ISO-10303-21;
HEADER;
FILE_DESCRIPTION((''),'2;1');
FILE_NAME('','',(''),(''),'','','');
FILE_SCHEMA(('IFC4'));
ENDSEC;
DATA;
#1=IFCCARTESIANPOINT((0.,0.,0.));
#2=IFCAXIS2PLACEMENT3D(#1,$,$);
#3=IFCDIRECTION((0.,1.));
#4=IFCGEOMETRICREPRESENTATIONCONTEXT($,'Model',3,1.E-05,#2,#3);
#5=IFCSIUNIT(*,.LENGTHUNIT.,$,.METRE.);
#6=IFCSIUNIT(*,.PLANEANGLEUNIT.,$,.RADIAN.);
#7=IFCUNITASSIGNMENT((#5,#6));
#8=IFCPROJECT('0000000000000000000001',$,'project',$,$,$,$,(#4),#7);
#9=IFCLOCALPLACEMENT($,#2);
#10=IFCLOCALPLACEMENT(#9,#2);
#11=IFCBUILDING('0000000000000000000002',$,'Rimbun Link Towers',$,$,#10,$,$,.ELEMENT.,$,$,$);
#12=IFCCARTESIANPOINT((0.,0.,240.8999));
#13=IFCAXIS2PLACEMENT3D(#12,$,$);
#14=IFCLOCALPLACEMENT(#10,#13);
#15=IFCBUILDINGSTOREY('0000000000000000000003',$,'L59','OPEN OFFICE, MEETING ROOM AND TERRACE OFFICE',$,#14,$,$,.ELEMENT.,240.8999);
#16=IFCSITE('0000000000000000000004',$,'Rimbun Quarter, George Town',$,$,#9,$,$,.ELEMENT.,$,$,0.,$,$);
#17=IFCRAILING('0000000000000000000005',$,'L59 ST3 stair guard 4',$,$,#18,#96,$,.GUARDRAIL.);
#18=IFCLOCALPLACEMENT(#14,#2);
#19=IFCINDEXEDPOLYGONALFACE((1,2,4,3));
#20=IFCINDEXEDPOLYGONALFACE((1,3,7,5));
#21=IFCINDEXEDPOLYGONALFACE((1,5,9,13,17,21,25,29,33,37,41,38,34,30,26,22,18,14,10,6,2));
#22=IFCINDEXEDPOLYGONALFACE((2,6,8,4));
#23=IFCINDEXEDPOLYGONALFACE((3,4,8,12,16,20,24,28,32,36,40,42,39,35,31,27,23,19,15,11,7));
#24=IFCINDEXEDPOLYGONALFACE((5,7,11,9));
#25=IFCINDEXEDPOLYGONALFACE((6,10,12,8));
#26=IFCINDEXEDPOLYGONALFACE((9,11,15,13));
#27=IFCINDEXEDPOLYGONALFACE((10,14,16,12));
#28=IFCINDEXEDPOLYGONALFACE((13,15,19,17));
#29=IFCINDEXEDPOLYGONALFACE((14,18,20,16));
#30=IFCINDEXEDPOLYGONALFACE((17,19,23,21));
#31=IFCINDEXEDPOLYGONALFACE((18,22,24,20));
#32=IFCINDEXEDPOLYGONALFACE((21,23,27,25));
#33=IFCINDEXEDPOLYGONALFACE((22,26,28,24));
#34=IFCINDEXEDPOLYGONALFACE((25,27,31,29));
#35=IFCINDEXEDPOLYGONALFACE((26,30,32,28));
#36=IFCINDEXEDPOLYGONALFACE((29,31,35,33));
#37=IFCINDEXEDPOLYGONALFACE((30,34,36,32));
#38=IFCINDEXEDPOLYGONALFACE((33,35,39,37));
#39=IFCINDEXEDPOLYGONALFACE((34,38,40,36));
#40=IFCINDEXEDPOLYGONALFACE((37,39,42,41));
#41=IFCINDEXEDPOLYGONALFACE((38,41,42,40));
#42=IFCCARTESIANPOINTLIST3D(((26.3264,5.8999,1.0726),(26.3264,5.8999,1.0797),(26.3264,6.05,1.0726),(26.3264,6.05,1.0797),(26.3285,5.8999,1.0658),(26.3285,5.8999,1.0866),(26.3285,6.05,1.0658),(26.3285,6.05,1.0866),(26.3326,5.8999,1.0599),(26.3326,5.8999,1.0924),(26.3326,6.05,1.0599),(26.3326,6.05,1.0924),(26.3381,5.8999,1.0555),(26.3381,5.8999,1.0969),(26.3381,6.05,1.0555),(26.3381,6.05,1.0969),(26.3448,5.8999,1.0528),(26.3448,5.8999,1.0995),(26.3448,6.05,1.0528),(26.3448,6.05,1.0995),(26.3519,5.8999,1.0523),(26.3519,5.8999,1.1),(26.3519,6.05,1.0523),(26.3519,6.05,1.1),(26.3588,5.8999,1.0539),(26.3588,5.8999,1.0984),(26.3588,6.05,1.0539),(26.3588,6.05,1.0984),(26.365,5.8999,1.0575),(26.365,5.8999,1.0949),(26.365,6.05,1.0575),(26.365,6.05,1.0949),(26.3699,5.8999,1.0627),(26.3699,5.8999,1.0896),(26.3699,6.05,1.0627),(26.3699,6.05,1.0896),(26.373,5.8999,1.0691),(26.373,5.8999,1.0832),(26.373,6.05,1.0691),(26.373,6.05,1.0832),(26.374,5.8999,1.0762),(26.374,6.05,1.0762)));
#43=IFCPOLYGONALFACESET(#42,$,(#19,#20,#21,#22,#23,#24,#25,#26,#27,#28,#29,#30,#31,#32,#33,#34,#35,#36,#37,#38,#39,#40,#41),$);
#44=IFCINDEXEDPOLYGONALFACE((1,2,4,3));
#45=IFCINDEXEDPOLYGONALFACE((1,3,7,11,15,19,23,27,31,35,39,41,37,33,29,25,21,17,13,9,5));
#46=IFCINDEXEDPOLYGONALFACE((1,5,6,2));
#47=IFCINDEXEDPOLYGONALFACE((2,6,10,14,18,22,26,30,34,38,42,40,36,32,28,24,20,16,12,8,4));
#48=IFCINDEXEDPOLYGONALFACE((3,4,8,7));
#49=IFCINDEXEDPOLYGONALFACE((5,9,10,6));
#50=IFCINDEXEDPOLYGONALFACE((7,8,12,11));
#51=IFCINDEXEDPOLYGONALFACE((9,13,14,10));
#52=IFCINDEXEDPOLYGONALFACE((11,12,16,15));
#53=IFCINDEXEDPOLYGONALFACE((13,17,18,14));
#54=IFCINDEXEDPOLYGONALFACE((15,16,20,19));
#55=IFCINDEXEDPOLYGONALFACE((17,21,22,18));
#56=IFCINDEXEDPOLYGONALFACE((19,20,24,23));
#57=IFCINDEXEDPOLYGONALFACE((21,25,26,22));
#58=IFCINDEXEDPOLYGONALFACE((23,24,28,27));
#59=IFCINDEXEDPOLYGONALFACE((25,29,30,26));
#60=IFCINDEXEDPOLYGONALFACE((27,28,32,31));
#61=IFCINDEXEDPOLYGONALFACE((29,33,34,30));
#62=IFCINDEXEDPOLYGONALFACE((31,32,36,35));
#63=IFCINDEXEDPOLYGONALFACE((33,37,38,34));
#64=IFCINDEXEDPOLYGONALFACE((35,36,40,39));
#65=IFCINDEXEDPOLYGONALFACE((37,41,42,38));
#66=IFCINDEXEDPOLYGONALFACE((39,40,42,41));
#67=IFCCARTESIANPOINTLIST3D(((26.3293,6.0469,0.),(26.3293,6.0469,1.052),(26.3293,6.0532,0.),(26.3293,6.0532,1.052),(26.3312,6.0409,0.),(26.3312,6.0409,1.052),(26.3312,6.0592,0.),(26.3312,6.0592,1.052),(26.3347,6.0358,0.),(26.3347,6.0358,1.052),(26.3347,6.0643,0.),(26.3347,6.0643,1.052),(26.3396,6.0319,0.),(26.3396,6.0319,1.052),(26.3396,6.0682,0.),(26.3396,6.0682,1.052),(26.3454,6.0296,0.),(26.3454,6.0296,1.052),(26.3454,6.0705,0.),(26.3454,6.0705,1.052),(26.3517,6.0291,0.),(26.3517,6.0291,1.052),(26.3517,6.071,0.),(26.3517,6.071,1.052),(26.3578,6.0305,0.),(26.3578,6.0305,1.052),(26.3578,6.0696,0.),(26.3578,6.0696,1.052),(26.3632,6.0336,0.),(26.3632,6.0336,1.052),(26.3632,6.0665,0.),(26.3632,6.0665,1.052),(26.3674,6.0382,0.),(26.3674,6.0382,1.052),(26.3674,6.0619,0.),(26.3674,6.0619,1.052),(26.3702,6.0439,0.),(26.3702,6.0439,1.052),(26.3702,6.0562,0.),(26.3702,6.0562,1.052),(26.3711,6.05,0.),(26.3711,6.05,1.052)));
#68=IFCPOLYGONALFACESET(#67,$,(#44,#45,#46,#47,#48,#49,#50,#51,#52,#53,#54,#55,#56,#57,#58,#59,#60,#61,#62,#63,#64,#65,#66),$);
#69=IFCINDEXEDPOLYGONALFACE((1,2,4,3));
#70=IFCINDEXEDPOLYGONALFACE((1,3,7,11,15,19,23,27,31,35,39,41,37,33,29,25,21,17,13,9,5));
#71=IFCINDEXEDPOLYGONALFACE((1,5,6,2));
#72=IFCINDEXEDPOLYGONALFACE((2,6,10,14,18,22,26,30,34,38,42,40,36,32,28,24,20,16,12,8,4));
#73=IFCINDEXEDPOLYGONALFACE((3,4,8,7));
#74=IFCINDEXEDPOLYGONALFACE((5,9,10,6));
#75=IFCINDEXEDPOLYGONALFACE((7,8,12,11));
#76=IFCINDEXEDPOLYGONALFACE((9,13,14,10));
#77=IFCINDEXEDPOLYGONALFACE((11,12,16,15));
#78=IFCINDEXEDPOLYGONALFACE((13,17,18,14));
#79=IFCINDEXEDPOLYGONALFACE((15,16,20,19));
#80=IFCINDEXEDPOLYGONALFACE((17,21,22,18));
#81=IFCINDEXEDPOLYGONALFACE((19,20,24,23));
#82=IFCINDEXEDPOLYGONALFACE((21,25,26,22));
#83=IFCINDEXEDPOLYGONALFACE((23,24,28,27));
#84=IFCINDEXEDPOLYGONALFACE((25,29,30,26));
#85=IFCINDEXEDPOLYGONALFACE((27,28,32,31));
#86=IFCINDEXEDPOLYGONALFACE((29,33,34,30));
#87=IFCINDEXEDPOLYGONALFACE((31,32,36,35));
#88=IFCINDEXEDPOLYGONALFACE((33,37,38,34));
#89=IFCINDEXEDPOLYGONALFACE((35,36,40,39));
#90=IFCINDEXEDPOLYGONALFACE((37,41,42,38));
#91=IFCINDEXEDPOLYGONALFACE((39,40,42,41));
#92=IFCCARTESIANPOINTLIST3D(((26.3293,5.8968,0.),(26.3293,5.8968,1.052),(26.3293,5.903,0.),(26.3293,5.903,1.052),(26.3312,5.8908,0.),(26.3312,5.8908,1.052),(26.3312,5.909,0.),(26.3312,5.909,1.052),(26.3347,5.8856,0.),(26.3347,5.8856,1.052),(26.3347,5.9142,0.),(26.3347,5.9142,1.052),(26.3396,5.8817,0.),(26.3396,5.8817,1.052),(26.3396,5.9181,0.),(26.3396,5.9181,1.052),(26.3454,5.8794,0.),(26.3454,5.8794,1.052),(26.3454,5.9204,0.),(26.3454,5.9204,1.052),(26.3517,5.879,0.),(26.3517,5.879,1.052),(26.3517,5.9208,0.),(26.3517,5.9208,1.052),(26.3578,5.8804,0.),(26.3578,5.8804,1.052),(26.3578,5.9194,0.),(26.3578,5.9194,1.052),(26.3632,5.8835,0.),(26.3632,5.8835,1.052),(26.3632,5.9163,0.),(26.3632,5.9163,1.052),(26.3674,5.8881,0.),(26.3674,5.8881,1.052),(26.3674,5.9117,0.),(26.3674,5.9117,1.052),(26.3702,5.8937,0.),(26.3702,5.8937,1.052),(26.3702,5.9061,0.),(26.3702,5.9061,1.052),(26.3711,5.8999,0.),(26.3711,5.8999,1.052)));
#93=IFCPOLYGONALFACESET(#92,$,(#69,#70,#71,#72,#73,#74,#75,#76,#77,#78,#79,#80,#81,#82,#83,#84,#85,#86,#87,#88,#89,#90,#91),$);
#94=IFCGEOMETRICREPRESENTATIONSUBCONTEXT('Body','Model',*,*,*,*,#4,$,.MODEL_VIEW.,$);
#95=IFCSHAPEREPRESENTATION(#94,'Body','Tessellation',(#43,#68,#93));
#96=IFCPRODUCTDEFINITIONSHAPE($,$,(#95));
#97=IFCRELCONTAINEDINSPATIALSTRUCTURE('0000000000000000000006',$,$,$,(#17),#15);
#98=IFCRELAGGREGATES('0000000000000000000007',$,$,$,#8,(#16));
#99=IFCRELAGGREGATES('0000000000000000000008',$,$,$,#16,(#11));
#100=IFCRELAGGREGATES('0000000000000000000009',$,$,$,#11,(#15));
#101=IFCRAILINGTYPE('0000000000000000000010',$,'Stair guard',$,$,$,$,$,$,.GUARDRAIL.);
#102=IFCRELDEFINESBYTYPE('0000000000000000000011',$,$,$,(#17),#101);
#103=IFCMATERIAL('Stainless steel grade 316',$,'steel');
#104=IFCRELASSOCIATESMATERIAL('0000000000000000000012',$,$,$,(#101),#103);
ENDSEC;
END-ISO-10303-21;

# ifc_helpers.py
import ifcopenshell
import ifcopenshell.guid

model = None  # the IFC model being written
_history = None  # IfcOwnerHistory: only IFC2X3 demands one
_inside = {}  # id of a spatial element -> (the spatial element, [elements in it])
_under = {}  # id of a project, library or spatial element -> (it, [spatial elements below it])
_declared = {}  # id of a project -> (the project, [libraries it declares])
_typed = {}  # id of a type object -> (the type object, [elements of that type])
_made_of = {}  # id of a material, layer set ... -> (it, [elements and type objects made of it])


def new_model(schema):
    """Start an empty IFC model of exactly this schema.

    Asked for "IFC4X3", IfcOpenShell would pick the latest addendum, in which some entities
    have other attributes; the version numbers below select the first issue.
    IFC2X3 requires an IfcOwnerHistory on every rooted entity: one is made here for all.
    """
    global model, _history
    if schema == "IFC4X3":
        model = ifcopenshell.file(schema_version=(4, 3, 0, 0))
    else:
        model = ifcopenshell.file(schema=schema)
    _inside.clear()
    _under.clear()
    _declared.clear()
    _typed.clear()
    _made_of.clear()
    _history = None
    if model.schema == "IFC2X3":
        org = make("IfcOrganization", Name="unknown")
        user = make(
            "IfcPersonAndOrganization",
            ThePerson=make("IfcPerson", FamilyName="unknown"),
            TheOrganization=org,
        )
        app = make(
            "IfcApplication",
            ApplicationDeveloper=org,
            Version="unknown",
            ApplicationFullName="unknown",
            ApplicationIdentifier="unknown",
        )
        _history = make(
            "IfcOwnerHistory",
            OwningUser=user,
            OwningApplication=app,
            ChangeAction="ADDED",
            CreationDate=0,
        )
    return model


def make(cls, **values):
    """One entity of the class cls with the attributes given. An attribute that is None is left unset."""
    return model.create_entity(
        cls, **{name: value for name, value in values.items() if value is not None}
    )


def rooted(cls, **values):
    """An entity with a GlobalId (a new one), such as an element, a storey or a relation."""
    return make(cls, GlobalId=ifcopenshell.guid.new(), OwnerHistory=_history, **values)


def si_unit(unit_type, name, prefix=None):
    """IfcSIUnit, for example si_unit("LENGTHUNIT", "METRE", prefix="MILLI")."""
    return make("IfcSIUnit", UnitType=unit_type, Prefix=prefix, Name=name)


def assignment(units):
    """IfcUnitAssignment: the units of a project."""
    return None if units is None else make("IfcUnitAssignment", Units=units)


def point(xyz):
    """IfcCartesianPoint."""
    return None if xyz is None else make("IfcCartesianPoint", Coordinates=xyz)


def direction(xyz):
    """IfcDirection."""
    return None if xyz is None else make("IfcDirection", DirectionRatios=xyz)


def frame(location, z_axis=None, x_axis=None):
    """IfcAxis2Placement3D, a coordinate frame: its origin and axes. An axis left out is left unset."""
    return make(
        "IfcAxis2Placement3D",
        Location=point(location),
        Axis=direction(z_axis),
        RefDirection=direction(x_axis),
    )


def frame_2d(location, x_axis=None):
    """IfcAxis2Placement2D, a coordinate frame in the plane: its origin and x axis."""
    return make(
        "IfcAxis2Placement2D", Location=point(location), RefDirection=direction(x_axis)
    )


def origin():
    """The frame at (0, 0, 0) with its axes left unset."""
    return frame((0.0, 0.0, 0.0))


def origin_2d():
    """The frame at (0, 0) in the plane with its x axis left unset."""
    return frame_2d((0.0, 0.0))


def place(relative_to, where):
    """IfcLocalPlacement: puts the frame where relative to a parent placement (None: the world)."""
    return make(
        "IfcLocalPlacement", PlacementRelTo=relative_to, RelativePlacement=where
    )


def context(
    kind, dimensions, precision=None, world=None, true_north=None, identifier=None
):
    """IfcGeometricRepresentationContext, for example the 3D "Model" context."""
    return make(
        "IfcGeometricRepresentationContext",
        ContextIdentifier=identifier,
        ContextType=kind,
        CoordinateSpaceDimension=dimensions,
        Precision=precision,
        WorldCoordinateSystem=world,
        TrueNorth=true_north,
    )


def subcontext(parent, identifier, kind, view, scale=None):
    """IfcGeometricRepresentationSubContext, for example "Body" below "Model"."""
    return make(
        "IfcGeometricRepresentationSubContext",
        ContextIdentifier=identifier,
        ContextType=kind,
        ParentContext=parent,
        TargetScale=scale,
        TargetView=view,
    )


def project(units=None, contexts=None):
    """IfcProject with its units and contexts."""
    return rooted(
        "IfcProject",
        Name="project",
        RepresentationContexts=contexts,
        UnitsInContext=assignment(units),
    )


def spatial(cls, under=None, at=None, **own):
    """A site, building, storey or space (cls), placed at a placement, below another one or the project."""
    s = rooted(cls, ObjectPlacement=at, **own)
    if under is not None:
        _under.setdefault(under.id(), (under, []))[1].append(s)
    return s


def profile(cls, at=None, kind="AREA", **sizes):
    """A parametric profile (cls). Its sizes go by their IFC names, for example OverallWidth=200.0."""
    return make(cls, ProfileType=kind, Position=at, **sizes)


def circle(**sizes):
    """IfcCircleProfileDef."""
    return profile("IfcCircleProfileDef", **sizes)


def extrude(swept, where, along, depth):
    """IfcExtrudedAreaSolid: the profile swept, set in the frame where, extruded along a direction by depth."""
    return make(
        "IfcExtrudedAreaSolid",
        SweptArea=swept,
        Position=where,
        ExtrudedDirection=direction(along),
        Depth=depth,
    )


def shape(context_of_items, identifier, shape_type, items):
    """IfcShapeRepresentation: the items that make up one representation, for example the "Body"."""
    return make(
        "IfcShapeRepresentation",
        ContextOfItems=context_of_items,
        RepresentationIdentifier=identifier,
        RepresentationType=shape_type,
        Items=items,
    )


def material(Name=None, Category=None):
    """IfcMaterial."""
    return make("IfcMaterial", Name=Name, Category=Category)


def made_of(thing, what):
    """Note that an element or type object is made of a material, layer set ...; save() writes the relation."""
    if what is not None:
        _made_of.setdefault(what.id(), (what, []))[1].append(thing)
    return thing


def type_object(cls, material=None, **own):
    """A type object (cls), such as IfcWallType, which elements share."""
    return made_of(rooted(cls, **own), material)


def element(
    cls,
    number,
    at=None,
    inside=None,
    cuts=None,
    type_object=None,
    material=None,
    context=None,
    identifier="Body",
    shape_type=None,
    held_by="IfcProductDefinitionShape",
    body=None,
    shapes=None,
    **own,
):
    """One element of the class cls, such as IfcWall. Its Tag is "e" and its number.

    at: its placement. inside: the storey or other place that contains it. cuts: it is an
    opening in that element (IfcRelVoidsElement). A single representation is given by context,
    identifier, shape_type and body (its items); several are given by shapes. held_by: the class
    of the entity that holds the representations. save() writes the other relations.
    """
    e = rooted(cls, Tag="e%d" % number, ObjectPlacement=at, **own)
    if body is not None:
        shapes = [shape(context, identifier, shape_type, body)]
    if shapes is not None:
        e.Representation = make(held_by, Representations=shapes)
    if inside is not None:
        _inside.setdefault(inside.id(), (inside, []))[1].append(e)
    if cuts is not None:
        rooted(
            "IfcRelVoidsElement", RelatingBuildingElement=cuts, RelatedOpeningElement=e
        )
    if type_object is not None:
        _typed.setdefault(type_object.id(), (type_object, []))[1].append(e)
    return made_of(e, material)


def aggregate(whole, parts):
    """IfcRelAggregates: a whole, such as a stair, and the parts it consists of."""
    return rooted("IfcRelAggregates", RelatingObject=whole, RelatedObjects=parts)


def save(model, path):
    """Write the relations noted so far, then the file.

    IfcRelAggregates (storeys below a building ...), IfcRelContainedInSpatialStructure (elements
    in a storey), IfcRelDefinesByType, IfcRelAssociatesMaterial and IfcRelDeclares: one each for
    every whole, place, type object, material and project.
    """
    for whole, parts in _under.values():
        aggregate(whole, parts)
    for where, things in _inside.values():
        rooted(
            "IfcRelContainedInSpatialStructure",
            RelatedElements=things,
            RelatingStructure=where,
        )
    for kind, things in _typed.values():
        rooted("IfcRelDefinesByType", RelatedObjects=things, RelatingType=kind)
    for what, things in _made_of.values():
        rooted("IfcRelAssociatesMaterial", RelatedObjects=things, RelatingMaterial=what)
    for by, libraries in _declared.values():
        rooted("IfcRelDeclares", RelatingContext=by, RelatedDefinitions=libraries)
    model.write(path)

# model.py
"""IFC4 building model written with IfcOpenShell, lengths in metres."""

from ifc_helpers import new_model, si_unit, direction, frame, origin, origin_2d, place, context, subcontext, project, spatial, circle, extrude, material, type_object, element, save


model = new_model("IFC4")

# Units and contexts
model_context = context("Model", 3, precision=1e-05, world=origin(), true_north=direction((0.0, 1.0)))
body_context = subcontext(model_context, "Body", "Model", "MODEL_VIEW")
ifc_project = project(units=[si_unit("LENGTHUNIT", "METRE"), si_unit("PLANEANGLEUNIT", "RADIAN")], contexts=[model_context])

# Site, building, storey
site_placement = place(None, origin())
site = spatial("IfcSite", under=ifc_project, at=site_placement, Name="Rimbun Quarter, George Town", CompositionType="ELEMENT", RefElevation=0.0)
building_placement = place(site_placement, origin())
building = spatial("IfcBuilding", under=site, at=building_placement, Name="Rimbun Link Towers", CompositionType="ELEMENT")
storey_placement = place(building_placement, frame((0.0, 0.0, 240.8999)))
storey = spatial("IfcBuildingStorey", under=building, at=storey_placement, Name="L59", Description="OPEN OFFICE, MEETING ROOM AND TERRACE OFFICE", CompositionType="ELEMENT", Elevation=240.8999)

# Railing
ifc_material_1 = material(Name="Stainless steel grade 316", Category="steel")
railing_type_1 = type_object("IfcRailingType", Name="Stair guard", PredefinedType="GUARDRAIL", material=ifc_material_1)
railing_1_placement = place(storey_placement, frame((26.3501, 6.05, 0.0)))
element("IfcRailing", 1, at=railing_1_placement, inside=storey, type_object=railing_type_1, Name="L59 ST3 stair guard 4", PredefinedType="GUARDRAIL", context=body_context, shape_type="SweptSolid", body=[
    extrude(circle(Radius=0.0239, at=origin_2d()), frame((0.0, 0.0, 1.0762), z_axis=(0.0, -1.0, 0.0), x_axis=(1.0, 0.0, 0.0)), (0.0, 0.0, 1.0), 0.1501),
    extrude(circle(Radius=0.021, at=origin_2d()), origin(), (0.0, 0.0, 1.0), 1.052),
    extrude(circle(Radius=0.021, at=origin_2d()), frame((0.0, -0.1501, 0.0)), (0.0, 0.0, 1.0), 1.052),
])

save(model, "model.ifc")
